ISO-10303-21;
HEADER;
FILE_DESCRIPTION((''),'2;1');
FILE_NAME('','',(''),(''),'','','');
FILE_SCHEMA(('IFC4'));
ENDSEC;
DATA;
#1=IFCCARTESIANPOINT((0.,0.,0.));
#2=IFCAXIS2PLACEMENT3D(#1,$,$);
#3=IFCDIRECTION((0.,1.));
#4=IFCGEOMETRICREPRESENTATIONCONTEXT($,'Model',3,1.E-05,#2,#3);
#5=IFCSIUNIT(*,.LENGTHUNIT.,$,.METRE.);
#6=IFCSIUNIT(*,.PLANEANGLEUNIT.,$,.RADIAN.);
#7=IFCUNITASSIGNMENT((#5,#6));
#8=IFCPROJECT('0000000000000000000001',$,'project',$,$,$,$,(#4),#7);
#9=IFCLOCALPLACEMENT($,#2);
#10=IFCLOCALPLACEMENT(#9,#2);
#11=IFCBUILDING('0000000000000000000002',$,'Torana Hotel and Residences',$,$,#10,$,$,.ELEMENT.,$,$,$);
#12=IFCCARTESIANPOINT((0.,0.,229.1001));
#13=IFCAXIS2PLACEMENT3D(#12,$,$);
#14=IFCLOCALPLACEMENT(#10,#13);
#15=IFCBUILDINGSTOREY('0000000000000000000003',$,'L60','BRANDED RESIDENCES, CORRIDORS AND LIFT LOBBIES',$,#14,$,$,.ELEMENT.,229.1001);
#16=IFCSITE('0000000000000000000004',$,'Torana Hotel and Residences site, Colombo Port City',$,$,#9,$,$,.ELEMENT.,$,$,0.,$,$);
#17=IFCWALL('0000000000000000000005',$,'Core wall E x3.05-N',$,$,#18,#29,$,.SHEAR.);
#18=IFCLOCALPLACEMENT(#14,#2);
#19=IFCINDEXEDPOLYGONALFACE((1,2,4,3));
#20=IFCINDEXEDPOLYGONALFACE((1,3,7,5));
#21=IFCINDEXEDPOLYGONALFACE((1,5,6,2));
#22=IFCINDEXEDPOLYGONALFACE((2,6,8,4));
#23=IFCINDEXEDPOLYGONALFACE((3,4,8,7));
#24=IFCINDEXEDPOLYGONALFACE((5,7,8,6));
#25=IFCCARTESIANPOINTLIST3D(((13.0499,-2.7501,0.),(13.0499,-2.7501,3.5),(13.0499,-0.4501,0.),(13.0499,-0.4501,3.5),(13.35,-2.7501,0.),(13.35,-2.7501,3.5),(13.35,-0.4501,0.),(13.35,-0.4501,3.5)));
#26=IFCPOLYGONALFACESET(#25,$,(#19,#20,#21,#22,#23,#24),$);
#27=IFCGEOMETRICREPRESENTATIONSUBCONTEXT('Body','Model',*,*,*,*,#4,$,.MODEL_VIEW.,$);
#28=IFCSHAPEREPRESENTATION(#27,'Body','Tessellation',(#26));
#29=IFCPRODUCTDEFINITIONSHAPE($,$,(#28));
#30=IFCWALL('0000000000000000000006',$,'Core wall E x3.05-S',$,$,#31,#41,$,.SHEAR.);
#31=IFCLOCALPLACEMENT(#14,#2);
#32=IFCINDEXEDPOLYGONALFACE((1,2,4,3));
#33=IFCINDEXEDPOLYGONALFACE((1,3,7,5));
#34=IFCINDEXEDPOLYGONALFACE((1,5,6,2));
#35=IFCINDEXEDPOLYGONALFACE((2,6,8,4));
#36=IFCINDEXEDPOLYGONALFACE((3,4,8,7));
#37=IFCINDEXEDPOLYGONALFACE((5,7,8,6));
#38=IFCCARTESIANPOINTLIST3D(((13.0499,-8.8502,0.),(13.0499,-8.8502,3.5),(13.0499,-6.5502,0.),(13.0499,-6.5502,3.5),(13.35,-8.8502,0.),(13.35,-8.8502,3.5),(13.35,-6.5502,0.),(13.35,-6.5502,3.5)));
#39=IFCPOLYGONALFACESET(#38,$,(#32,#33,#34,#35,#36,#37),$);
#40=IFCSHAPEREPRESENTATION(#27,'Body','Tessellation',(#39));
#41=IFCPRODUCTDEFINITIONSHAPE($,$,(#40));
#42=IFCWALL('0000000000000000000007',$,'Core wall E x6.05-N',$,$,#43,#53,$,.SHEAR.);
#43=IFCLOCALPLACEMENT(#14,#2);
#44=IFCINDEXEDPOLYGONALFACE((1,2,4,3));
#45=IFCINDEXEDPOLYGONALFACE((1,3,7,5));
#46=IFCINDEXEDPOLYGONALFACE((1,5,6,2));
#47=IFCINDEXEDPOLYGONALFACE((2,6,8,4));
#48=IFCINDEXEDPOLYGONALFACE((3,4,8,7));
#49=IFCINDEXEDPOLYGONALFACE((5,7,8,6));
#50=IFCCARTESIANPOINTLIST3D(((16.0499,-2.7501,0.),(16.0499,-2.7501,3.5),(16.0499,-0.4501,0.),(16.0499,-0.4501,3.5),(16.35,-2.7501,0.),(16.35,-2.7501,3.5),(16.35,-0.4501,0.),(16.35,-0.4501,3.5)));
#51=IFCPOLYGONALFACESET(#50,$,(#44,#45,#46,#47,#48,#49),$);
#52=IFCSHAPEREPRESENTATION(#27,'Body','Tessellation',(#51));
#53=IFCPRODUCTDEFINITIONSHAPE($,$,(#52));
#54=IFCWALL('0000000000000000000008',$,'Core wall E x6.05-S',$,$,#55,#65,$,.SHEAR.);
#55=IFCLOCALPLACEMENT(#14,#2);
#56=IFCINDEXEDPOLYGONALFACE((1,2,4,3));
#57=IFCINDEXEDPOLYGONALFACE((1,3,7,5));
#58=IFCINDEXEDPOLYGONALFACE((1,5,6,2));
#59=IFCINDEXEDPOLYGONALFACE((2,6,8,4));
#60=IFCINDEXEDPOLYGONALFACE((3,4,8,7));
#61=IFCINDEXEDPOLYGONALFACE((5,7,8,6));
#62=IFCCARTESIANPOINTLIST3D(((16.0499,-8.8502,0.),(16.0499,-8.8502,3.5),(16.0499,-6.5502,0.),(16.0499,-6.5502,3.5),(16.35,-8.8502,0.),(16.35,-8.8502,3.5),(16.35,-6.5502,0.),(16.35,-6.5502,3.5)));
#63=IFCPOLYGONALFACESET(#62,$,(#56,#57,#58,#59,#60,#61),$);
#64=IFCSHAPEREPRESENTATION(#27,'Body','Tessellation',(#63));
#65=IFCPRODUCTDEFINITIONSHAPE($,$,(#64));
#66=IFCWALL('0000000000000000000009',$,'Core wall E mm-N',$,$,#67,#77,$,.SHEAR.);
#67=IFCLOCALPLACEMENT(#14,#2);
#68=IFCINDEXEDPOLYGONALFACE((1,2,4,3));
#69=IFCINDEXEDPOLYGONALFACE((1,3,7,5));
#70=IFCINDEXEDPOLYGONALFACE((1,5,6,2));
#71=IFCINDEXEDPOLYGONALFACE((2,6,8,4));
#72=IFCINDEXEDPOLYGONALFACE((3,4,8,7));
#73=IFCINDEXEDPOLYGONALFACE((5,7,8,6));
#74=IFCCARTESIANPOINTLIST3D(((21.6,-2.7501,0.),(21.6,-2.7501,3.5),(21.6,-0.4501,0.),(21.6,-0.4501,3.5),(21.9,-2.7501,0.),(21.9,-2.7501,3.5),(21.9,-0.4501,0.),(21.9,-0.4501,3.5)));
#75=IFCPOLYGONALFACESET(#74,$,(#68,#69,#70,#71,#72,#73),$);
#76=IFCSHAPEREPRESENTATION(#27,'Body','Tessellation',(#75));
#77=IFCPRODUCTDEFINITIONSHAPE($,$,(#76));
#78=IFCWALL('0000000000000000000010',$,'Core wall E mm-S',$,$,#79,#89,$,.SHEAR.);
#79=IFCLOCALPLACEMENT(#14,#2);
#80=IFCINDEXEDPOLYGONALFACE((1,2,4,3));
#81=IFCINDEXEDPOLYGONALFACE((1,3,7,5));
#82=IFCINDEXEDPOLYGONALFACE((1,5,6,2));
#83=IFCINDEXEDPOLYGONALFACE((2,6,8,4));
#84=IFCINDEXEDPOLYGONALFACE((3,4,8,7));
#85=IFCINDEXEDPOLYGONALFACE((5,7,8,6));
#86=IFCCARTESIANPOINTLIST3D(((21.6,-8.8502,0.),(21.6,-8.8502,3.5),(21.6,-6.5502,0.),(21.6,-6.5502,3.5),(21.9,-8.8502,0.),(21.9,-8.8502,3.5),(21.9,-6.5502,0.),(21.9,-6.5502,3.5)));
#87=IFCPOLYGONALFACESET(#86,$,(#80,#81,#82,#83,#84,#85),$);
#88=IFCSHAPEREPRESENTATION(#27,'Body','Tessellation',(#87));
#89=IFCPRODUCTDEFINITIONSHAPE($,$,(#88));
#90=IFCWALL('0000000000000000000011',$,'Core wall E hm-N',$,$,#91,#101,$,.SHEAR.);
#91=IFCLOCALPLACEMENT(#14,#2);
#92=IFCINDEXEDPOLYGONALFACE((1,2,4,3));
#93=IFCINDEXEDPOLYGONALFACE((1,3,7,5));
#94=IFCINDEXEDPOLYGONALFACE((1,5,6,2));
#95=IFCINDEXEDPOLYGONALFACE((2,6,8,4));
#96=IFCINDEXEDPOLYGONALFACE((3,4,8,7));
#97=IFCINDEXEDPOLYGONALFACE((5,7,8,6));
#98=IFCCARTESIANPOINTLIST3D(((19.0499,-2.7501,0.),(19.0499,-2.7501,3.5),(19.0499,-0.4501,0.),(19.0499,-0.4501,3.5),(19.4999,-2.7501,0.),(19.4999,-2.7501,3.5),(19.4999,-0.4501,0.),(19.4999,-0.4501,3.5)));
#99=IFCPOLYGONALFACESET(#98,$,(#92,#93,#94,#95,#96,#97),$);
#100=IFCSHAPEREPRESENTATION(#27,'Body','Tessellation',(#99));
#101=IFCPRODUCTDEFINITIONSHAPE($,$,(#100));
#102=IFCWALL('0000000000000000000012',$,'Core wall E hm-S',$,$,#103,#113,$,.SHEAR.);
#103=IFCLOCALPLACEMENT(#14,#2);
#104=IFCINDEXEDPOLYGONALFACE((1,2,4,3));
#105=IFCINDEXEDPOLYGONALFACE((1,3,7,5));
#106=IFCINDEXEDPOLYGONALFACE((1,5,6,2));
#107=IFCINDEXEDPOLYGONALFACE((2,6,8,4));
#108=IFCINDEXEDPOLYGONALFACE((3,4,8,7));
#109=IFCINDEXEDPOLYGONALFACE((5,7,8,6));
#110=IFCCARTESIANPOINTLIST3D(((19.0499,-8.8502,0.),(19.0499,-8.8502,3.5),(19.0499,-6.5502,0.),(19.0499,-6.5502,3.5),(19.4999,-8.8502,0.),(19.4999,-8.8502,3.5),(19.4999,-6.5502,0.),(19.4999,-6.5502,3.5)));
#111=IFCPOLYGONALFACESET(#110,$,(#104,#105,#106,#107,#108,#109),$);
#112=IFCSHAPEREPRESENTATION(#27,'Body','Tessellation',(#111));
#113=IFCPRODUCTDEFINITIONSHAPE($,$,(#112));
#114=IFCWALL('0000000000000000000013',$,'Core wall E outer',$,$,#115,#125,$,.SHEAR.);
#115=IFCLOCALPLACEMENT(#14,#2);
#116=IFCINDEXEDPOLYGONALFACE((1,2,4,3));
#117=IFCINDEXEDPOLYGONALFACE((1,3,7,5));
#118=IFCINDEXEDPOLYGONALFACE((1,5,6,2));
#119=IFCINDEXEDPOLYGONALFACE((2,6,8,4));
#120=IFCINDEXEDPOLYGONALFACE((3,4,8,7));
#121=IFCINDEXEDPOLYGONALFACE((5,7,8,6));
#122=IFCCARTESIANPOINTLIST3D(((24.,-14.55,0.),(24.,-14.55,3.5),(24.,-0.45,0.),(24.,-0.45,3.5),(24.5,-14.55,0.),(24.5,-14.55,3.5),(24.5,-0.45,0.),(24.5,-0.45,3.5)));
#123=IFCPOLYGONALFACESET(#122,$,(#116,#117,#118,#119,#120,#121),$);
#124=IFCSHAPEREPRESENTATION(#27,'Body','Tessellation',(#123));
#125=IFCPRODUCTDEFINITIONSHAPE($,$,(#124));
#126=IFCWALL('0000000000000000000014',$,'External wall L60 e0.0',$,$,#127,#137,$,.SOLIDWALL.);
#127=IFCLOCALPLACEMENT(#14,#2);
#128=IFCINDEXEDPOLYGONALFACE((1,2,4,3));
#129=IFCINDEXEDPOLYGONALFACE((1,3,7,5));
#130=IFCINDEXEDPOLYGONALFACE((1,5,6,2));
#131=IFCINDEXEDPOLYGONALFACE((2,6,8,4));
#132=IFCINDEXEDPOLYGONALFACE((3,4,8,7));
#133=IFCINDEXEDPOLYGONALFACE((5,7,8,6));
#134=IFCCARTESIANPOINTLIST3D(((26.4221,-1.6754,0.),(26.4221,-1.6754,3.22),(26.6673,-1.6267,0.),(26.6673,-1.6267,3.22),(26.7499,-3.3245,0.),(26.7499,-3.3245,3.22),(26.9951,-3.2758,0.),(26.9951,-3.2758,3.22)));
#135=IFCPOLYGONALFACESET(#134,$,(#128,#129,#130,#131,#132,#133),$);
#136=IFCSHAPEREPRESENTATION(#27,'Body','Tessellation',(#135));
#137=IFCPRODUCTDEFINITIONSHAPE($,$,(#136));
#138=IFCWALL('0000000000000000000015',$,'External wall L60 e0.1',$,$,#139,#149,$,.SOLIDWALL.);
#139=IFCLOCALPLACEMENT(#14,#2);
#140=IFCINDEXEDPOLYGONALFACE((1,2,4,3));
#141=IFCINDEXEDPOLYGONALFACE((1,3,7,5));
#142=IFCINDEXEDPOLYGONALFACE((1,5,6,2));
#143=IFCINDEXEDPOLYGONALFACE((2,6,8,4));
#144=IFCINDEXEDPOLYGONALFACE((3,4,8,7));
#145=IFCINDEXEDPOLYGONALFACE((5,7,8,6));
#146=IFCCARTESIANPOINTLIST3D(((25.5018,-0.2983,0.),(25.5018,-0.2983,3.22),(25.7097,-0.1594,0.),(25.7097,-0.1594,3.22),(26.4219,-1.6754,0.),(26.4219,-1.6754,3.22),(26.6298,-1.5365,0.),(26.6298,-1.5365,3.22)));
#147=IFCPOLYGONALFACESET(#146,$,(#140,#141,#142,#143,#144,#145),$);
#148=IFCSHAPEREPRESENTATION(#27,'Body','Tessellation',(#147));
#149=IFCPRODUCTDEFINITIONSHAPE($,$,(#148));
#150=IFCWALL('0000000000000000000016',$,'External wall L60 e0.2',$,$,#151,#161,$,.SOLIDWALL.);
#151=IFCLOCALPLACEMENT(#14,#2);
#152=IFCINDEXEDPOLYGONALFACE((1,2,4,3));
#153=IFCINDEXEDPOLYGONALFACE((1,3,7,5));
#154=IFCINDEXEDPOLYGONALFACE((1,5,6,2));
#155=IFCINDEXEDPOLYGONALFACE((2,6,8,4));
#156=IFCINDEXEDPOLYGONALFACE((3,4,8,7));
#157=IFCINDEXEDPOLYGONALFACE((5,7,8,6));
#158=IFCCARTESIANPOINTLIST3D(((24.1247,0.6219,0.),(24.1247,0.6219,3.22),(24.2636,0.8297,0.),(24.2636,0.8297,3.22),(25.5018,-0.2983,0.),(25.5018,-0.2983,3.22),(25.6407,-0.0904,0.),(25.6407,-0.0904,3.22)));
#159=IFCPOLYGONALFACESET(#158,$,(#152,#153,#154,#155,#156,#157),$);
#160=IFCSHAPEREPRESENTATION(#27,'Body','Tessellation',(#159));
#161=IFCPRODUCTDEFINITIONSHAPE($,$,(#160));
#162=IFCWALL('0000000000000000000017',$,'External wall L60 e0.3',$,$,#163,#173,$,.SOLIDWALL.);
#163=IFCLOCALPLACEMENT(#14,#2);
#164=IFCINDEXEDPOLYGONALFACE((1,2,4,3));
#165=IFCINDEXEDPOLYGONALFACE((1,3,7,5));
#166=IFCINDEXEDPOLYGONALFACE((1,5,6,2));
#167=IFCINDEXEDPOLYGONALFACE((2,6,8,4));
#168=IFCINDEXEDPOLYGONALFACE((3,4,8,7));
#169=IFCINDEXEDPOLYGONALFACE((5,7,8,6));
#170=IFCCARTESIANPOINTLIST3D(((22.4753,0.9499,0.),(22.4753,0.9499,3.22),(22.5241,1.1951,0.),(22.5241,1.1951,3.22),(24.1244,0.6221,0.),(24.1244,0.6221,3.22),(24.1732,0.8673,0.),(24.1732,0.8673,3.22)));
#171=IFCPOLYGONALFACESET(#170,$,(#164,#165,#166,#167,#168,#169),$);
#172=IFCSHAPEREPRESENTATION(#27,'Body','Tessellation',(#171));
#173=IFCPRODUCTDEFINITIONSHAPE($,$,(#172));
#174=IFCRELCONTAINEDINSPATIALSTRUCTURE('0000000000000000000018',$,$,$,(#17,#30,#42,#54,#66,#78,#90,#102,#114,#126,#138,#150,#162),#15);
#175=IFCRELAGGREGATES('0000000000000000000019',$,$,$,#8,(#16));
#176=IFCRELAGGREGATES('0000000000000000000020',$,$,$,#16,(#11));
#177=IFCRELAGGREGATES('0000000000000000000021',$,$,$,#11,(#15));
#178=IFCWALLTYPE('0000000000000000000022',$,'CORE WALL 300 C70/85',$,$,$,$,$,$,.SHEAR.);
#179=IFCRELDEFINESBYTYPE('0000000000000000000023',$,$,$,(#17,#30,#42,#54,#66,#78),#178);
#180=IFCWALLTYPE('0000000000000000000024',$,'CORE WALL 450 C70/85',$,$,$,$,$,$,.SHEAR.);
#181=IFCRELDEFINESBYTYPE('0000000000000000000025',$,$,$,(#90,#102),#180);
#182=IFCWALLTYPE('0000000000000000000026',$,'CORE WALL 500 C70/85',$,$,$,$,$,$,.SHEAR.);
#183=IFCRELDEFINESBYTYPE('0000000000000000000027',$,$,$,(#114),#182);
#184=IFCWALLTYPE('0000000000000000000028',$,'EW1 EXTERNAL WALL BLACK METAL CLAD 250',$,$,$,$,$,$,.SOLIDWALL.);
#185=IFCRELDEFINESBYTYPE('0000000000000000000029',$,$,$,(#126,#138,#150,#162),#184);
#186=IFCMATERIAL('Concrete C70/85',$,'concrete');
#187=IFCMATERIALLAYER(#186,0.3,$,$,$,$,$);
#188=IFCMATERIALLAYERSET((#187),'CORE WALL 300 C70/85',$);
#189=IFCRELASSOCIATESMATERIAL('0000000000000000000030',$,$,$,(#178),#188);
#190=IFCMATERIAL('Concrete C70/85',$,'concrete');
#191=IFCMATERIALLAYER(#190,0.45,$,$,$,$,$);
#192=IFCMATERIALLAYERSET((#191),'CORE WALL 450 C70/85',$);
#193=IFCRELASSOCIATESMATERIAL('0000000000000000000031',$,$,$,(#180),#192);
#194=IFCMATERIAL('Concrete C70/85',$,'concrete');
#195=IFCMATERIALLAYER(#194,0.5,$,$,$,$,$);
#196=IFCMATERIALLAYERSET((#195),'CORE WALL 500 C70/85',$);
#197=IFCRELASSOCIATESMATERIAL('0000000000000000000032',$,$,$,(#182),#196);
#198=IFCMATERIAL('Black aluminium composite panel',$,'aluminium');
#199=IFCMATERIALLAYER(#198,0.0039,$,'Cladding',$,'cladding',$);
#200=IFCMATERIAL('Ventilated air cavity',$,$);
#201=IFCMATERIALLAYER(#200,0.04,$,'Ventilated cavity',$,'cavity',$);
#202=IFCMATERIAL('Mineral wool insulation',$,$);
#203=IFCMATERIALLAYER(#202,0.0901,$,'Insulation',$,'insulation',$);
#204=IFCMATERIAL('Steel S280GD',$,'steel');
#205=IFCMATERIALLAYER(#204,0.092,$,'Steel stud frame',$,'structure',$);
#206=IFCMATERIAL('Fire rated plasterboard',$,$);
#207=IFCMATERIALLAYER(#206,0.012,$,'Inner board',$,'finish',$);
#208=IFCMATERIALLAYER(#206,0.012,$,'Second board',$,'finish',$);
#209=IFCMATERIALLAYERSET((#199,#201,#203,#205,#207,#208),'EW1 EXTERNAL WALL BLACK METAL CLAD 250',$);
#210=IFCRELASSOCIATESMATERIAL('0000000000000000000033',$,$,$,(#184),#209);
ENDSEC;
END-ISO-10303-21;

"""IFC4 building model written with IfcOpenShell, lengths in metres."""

from ifc_helpers import new_model, si_unit, direction, frame, frame_2d, origin, place, context, subcontext, project, spatial, rectangle, extrude, material, layer, layer_set, type_object, element, save


model = new_model("IFC4")

# Units and contexts
model_context = context("Model", 3, precision=1e-05, world=origin(), true_north=direction((0.0, 1.0)))
body_context = subcontext(model_context, "Body", "Model", "MODEL_VIEW")
ifc_project = project(units=[si_unit("LENGTHUNIT", "METRE"), si_unit("PLANEANGLEUNIT", "RADIAN")], contexts=[model_context])

# Site, building, storey
site_placement = place(None, origin())
site = spatial("IfcSite", under=ifc_project, at=site_placement, Name="Torana Hotel and Residences site, Colombo Port City", CompositionType="ELEMENT", RefElevation=0.0)
building_placement = place(site_placement, origin())
building = spatial("IfcBuilding", under=site, at=building_placement, Name="Torana Hotel and Residences", CompositionType="ELEMENT")
storey_placement = place(building_placement, frame((0.0, 0.0, 229.1001)))
storey = spatial("IfcBuildingStorey", under=building, at=storey_placement, Name="L60", Description="BRANDED RESIDENCES, CORRIDORS AND LIFT LOBBIES", CompositionType="ELEMENT", Elevation=229.1001)

# Walls
ifc_material_1 = material(Name="Concrete C70/85", Category="concrete")
ifc_layer_1 = layer(ifc_material_1, 0.3)
ifc_layer_set_1 = layer_set([ifc_layer_1], Name="CORE WALL 300 C70/85")
wall_type_1 = type_object("IfcWallType", Name="CORE WALL 300 C70/85", PredefinedType="SHEAR", material=ifc_layer_set_1)
for number, where, z_axis, x_axis, name in (
    (1, (13.2, -2.75, 0.0), (0.0, 0.0, 1.0), (0.0, 1.0, 0.0), "Core wall E x3.05-N"),
    (2, (13.2, -8.8501, 0.0), (0.0, 0.0, 1.0), (0.0, 1.0, 0.0), "Core wall E x3.05-S"),
    (3, (16.2, -2.75, 0.0), (0.0, 0.0, 1.0), (0.0, 1.0, 0.0), "Core wall E x6.05-N"),
    (4, (16.2, -8.8501, 0.0), (0.0, 0.0, 1.0), (0.0, 1.0, 0.0), "Core wall E x6.05-S"),
    (5, (21.75, -2.75, 0.0), (0.0, 0.0, 1.0), (0.0, 1.0, 0.0), "Core wall E mm-N"),
    (6, (21.75, -8.8501, 0.0), (0.0, 0.0, 1.0), (0.0, 1.0, 0.0), "Core wall E mm-S"),
):
    element("IfcWall", number, at=place(storey_placement, frame(where, z_axis=z_axis, x_axis=x_axis)), inside=storey, type_object=wall_type_1, Name=name, PredefinedType="SHEAR", context=body_context, shape_type="SweptSolid", body=[
        extrude(rectangle(XDim=2.3, YDim=0.3, at=frame_2d((1.1499, 0.0))), origin(), (0.0, 0.0, 1.0), 3.5),
    ])
ifc_material_2 = material(Name="Concrete C70/85", Category="concrete")
ifc_layer_2 = layer(ifc_material_2, 0.45)
ifc_layer_set_2 = layer_set([ifc_layer_2], Name="CORE WALL 450 C70/85")
wall_type_2 = type_object("IfcWallType", Name="CORE WALL 450 C70/85", PredefinedType="SHEAR", material=ifc_layer_set_2)
for number, where, z_axis, x_axis, name in (
    (7, (19.2749, -2.75, 0.0), (0.0, 0.0, 1.0), (0.0, 1.0, 0.0), "Core wall E hm-N"),
    (8, (19.2749, -8.8501, 0.0), (0.0, 0.0, 1.0), (0.0, 1.0, 0.0), "Core wall E hm-S"),
):
    element("IfcWall", number, at=place(storey_placement, frame(where, z_axis=z_axis, x_axis=x_axis)), inside=storey, type_object=wall_type_2, Name=name, PredefinedType="SHEAR", context=body_context, shape_type="SweptSolid", body=[
        extrude(rectangle(XDim=2.3, YDim=0.45, at=frame_2d((1.1499, 0.0))), origin(), (0.0, 0.0, 1.0), 3.5),
    ])
ifc_material_3 = material(Name="Concrete C70/85", Category="concrete")
ifc_layer_3 = layer(ifc_material_3, 0.5)
ifc_layer_set_3 = layer_set([ifc_layer_3], Name="CORE WALL 500 C70/85")
wall_type_3 = type_object("IfcWallType", Name="CORE WALL 500 C70/85", PredefinedType="SHEAR", material=ifc_layer_set_3)
wall_1_placement = place(storey_placement, frame((24.25, -14.55, 0.0), z_axis=(0.0, 0.0, 1.0), x_axis=(0.0, 1.0, 0.0)))
element("IfcWall", 9, at=wall_1_placement, inside=storey, type_object=wall_type_3, Name="Core wall E outer", PredefinedType="SHEAR", context=body_context, shape_type="SweptSolid", body=[
    extrude(rectangle(XDim=14.1001, YDim=0.5, at=frame_2d((7.05, 0.0))), origin(), (0.0, 0.0, 1.0), 3.5),
])
ifc_material_4 = material(Name="Black aluminium composite panel", Category="aluminium")
ifc_layer_4 = layer(ifc_material_4, 0.0039, Name="Cladding", Category="cladding")
ifc_material_5 = material(Name="Ventilated air cavity")
ifc_layer_5 = layer(ifc_material_5, 0.04, Name="Ventilated cavity", Category="cavity")
ifc_material_6 = material(Name="Mineral wool insulation")
ifc_layer_6 = layer(ifc_material_6, 0.0901, Name="Insulation", Category="insulation")
ifc_material_7 = material(Name="Steel S280GD", Category="steel")
ifc_layer_7 = layer(ifc_material_7, 0.092, Name="Steel stud frame", Category="structure")
ifc_material_8 = material(Name="Fire rated plasterboard")
ifc_layer_8 = layer(ifc_material_8, 0.012, Name="Inner board", Category="finish")
ifc_layer_9 = layer(ifc_material_8, 0.012, Name="Second board", Category="finish")
ifc_layer_set_4 = layer_set([ifc_layer_4, ifc_layer_5, ifc_layer_6, ifc_layer_7, ifc_layer_8, ifc_layer_9], Name="EW1 EXTERNAL WALL BLACK METAL CLAD 250")
wall_type_4 = type_object("IfcWallType", Name="EW1 EXTERNAL WALL BLACK METAL CLAD 250", PredefinedType="SOLIDWALL", material=ifc_layer_set_4)
wall_2_placement = place(storey_placement, frame((26.8726, -3.3003, 0.0), z_axis=(0.0, 0.0, 1.0), x_axis=(-0.194999, 0.980803, 0.0)))
element("IfcWall", 10, at=wall_2_placement, inside=storey, type_object=wall_type_4, Name="External wall L60 e0.0", PredefinedType="SOLIDWALL", context=body_context, shape_type="SweptSolid", body=[
    extrude(rectangle(XDim=1.6814, YDim=0.25, at=frame_2d((0.8408, 0.0))), origin(), (0.0, 0.0, 1.0), 3.22),
])
for number, where, z_axis, x_axis, name in (
    (11, (26.5259, -1.606, 0.0), (0.0, 0.0, 1.0), (-0.55555, 0.831483, 0.0), "External wall L60 e0.1"),
    (12, (25.5713, -0.1943, 0.0), (0.0, 0.0, 1.0), (-0.831483, 0.55555, 0.0), "External wall L60 e0.2"),
):
    element("IfcWall", number, at=place(storey_placement, frame(where, z_axis=z_axis, x_axis=x_axis)), inside=storey, type_object=wall_type_4, Name=name, PredefinedType="SOLIDWALL", context=body_context, shape_type="SweptSolid", body=[
        extrude(rectangle(XDim=1.6562, YDim=0.25, at=frame_2d((0.8281, 0.0))), origin(), (0.0, 0.0, 1.0), 3.22),
    ])
wall_3_placement = place(storey_placement, frame((24.1489, 0.7446, 0.0), z_axis=(0.0, 0.0, 1.0), x_axis=(-0.980803, 0.194999, 0.0)))
element("IfcWall", 13, at=wall_3_placement, inside=storey, type_object=wall_type_4, Name="External wall L60 e0.3", PredefinedType="SOLIDWALL", context=body_context, shape_type="SweptSolid", body=[
    extrude(rectangle(XDim=1.6814, YDim=0.25, at=frame_2d((0.8408, 0.0))), origin(), (0.0, 0.0, 1.0), 3.22),
])

save(model, "model.ifc")
